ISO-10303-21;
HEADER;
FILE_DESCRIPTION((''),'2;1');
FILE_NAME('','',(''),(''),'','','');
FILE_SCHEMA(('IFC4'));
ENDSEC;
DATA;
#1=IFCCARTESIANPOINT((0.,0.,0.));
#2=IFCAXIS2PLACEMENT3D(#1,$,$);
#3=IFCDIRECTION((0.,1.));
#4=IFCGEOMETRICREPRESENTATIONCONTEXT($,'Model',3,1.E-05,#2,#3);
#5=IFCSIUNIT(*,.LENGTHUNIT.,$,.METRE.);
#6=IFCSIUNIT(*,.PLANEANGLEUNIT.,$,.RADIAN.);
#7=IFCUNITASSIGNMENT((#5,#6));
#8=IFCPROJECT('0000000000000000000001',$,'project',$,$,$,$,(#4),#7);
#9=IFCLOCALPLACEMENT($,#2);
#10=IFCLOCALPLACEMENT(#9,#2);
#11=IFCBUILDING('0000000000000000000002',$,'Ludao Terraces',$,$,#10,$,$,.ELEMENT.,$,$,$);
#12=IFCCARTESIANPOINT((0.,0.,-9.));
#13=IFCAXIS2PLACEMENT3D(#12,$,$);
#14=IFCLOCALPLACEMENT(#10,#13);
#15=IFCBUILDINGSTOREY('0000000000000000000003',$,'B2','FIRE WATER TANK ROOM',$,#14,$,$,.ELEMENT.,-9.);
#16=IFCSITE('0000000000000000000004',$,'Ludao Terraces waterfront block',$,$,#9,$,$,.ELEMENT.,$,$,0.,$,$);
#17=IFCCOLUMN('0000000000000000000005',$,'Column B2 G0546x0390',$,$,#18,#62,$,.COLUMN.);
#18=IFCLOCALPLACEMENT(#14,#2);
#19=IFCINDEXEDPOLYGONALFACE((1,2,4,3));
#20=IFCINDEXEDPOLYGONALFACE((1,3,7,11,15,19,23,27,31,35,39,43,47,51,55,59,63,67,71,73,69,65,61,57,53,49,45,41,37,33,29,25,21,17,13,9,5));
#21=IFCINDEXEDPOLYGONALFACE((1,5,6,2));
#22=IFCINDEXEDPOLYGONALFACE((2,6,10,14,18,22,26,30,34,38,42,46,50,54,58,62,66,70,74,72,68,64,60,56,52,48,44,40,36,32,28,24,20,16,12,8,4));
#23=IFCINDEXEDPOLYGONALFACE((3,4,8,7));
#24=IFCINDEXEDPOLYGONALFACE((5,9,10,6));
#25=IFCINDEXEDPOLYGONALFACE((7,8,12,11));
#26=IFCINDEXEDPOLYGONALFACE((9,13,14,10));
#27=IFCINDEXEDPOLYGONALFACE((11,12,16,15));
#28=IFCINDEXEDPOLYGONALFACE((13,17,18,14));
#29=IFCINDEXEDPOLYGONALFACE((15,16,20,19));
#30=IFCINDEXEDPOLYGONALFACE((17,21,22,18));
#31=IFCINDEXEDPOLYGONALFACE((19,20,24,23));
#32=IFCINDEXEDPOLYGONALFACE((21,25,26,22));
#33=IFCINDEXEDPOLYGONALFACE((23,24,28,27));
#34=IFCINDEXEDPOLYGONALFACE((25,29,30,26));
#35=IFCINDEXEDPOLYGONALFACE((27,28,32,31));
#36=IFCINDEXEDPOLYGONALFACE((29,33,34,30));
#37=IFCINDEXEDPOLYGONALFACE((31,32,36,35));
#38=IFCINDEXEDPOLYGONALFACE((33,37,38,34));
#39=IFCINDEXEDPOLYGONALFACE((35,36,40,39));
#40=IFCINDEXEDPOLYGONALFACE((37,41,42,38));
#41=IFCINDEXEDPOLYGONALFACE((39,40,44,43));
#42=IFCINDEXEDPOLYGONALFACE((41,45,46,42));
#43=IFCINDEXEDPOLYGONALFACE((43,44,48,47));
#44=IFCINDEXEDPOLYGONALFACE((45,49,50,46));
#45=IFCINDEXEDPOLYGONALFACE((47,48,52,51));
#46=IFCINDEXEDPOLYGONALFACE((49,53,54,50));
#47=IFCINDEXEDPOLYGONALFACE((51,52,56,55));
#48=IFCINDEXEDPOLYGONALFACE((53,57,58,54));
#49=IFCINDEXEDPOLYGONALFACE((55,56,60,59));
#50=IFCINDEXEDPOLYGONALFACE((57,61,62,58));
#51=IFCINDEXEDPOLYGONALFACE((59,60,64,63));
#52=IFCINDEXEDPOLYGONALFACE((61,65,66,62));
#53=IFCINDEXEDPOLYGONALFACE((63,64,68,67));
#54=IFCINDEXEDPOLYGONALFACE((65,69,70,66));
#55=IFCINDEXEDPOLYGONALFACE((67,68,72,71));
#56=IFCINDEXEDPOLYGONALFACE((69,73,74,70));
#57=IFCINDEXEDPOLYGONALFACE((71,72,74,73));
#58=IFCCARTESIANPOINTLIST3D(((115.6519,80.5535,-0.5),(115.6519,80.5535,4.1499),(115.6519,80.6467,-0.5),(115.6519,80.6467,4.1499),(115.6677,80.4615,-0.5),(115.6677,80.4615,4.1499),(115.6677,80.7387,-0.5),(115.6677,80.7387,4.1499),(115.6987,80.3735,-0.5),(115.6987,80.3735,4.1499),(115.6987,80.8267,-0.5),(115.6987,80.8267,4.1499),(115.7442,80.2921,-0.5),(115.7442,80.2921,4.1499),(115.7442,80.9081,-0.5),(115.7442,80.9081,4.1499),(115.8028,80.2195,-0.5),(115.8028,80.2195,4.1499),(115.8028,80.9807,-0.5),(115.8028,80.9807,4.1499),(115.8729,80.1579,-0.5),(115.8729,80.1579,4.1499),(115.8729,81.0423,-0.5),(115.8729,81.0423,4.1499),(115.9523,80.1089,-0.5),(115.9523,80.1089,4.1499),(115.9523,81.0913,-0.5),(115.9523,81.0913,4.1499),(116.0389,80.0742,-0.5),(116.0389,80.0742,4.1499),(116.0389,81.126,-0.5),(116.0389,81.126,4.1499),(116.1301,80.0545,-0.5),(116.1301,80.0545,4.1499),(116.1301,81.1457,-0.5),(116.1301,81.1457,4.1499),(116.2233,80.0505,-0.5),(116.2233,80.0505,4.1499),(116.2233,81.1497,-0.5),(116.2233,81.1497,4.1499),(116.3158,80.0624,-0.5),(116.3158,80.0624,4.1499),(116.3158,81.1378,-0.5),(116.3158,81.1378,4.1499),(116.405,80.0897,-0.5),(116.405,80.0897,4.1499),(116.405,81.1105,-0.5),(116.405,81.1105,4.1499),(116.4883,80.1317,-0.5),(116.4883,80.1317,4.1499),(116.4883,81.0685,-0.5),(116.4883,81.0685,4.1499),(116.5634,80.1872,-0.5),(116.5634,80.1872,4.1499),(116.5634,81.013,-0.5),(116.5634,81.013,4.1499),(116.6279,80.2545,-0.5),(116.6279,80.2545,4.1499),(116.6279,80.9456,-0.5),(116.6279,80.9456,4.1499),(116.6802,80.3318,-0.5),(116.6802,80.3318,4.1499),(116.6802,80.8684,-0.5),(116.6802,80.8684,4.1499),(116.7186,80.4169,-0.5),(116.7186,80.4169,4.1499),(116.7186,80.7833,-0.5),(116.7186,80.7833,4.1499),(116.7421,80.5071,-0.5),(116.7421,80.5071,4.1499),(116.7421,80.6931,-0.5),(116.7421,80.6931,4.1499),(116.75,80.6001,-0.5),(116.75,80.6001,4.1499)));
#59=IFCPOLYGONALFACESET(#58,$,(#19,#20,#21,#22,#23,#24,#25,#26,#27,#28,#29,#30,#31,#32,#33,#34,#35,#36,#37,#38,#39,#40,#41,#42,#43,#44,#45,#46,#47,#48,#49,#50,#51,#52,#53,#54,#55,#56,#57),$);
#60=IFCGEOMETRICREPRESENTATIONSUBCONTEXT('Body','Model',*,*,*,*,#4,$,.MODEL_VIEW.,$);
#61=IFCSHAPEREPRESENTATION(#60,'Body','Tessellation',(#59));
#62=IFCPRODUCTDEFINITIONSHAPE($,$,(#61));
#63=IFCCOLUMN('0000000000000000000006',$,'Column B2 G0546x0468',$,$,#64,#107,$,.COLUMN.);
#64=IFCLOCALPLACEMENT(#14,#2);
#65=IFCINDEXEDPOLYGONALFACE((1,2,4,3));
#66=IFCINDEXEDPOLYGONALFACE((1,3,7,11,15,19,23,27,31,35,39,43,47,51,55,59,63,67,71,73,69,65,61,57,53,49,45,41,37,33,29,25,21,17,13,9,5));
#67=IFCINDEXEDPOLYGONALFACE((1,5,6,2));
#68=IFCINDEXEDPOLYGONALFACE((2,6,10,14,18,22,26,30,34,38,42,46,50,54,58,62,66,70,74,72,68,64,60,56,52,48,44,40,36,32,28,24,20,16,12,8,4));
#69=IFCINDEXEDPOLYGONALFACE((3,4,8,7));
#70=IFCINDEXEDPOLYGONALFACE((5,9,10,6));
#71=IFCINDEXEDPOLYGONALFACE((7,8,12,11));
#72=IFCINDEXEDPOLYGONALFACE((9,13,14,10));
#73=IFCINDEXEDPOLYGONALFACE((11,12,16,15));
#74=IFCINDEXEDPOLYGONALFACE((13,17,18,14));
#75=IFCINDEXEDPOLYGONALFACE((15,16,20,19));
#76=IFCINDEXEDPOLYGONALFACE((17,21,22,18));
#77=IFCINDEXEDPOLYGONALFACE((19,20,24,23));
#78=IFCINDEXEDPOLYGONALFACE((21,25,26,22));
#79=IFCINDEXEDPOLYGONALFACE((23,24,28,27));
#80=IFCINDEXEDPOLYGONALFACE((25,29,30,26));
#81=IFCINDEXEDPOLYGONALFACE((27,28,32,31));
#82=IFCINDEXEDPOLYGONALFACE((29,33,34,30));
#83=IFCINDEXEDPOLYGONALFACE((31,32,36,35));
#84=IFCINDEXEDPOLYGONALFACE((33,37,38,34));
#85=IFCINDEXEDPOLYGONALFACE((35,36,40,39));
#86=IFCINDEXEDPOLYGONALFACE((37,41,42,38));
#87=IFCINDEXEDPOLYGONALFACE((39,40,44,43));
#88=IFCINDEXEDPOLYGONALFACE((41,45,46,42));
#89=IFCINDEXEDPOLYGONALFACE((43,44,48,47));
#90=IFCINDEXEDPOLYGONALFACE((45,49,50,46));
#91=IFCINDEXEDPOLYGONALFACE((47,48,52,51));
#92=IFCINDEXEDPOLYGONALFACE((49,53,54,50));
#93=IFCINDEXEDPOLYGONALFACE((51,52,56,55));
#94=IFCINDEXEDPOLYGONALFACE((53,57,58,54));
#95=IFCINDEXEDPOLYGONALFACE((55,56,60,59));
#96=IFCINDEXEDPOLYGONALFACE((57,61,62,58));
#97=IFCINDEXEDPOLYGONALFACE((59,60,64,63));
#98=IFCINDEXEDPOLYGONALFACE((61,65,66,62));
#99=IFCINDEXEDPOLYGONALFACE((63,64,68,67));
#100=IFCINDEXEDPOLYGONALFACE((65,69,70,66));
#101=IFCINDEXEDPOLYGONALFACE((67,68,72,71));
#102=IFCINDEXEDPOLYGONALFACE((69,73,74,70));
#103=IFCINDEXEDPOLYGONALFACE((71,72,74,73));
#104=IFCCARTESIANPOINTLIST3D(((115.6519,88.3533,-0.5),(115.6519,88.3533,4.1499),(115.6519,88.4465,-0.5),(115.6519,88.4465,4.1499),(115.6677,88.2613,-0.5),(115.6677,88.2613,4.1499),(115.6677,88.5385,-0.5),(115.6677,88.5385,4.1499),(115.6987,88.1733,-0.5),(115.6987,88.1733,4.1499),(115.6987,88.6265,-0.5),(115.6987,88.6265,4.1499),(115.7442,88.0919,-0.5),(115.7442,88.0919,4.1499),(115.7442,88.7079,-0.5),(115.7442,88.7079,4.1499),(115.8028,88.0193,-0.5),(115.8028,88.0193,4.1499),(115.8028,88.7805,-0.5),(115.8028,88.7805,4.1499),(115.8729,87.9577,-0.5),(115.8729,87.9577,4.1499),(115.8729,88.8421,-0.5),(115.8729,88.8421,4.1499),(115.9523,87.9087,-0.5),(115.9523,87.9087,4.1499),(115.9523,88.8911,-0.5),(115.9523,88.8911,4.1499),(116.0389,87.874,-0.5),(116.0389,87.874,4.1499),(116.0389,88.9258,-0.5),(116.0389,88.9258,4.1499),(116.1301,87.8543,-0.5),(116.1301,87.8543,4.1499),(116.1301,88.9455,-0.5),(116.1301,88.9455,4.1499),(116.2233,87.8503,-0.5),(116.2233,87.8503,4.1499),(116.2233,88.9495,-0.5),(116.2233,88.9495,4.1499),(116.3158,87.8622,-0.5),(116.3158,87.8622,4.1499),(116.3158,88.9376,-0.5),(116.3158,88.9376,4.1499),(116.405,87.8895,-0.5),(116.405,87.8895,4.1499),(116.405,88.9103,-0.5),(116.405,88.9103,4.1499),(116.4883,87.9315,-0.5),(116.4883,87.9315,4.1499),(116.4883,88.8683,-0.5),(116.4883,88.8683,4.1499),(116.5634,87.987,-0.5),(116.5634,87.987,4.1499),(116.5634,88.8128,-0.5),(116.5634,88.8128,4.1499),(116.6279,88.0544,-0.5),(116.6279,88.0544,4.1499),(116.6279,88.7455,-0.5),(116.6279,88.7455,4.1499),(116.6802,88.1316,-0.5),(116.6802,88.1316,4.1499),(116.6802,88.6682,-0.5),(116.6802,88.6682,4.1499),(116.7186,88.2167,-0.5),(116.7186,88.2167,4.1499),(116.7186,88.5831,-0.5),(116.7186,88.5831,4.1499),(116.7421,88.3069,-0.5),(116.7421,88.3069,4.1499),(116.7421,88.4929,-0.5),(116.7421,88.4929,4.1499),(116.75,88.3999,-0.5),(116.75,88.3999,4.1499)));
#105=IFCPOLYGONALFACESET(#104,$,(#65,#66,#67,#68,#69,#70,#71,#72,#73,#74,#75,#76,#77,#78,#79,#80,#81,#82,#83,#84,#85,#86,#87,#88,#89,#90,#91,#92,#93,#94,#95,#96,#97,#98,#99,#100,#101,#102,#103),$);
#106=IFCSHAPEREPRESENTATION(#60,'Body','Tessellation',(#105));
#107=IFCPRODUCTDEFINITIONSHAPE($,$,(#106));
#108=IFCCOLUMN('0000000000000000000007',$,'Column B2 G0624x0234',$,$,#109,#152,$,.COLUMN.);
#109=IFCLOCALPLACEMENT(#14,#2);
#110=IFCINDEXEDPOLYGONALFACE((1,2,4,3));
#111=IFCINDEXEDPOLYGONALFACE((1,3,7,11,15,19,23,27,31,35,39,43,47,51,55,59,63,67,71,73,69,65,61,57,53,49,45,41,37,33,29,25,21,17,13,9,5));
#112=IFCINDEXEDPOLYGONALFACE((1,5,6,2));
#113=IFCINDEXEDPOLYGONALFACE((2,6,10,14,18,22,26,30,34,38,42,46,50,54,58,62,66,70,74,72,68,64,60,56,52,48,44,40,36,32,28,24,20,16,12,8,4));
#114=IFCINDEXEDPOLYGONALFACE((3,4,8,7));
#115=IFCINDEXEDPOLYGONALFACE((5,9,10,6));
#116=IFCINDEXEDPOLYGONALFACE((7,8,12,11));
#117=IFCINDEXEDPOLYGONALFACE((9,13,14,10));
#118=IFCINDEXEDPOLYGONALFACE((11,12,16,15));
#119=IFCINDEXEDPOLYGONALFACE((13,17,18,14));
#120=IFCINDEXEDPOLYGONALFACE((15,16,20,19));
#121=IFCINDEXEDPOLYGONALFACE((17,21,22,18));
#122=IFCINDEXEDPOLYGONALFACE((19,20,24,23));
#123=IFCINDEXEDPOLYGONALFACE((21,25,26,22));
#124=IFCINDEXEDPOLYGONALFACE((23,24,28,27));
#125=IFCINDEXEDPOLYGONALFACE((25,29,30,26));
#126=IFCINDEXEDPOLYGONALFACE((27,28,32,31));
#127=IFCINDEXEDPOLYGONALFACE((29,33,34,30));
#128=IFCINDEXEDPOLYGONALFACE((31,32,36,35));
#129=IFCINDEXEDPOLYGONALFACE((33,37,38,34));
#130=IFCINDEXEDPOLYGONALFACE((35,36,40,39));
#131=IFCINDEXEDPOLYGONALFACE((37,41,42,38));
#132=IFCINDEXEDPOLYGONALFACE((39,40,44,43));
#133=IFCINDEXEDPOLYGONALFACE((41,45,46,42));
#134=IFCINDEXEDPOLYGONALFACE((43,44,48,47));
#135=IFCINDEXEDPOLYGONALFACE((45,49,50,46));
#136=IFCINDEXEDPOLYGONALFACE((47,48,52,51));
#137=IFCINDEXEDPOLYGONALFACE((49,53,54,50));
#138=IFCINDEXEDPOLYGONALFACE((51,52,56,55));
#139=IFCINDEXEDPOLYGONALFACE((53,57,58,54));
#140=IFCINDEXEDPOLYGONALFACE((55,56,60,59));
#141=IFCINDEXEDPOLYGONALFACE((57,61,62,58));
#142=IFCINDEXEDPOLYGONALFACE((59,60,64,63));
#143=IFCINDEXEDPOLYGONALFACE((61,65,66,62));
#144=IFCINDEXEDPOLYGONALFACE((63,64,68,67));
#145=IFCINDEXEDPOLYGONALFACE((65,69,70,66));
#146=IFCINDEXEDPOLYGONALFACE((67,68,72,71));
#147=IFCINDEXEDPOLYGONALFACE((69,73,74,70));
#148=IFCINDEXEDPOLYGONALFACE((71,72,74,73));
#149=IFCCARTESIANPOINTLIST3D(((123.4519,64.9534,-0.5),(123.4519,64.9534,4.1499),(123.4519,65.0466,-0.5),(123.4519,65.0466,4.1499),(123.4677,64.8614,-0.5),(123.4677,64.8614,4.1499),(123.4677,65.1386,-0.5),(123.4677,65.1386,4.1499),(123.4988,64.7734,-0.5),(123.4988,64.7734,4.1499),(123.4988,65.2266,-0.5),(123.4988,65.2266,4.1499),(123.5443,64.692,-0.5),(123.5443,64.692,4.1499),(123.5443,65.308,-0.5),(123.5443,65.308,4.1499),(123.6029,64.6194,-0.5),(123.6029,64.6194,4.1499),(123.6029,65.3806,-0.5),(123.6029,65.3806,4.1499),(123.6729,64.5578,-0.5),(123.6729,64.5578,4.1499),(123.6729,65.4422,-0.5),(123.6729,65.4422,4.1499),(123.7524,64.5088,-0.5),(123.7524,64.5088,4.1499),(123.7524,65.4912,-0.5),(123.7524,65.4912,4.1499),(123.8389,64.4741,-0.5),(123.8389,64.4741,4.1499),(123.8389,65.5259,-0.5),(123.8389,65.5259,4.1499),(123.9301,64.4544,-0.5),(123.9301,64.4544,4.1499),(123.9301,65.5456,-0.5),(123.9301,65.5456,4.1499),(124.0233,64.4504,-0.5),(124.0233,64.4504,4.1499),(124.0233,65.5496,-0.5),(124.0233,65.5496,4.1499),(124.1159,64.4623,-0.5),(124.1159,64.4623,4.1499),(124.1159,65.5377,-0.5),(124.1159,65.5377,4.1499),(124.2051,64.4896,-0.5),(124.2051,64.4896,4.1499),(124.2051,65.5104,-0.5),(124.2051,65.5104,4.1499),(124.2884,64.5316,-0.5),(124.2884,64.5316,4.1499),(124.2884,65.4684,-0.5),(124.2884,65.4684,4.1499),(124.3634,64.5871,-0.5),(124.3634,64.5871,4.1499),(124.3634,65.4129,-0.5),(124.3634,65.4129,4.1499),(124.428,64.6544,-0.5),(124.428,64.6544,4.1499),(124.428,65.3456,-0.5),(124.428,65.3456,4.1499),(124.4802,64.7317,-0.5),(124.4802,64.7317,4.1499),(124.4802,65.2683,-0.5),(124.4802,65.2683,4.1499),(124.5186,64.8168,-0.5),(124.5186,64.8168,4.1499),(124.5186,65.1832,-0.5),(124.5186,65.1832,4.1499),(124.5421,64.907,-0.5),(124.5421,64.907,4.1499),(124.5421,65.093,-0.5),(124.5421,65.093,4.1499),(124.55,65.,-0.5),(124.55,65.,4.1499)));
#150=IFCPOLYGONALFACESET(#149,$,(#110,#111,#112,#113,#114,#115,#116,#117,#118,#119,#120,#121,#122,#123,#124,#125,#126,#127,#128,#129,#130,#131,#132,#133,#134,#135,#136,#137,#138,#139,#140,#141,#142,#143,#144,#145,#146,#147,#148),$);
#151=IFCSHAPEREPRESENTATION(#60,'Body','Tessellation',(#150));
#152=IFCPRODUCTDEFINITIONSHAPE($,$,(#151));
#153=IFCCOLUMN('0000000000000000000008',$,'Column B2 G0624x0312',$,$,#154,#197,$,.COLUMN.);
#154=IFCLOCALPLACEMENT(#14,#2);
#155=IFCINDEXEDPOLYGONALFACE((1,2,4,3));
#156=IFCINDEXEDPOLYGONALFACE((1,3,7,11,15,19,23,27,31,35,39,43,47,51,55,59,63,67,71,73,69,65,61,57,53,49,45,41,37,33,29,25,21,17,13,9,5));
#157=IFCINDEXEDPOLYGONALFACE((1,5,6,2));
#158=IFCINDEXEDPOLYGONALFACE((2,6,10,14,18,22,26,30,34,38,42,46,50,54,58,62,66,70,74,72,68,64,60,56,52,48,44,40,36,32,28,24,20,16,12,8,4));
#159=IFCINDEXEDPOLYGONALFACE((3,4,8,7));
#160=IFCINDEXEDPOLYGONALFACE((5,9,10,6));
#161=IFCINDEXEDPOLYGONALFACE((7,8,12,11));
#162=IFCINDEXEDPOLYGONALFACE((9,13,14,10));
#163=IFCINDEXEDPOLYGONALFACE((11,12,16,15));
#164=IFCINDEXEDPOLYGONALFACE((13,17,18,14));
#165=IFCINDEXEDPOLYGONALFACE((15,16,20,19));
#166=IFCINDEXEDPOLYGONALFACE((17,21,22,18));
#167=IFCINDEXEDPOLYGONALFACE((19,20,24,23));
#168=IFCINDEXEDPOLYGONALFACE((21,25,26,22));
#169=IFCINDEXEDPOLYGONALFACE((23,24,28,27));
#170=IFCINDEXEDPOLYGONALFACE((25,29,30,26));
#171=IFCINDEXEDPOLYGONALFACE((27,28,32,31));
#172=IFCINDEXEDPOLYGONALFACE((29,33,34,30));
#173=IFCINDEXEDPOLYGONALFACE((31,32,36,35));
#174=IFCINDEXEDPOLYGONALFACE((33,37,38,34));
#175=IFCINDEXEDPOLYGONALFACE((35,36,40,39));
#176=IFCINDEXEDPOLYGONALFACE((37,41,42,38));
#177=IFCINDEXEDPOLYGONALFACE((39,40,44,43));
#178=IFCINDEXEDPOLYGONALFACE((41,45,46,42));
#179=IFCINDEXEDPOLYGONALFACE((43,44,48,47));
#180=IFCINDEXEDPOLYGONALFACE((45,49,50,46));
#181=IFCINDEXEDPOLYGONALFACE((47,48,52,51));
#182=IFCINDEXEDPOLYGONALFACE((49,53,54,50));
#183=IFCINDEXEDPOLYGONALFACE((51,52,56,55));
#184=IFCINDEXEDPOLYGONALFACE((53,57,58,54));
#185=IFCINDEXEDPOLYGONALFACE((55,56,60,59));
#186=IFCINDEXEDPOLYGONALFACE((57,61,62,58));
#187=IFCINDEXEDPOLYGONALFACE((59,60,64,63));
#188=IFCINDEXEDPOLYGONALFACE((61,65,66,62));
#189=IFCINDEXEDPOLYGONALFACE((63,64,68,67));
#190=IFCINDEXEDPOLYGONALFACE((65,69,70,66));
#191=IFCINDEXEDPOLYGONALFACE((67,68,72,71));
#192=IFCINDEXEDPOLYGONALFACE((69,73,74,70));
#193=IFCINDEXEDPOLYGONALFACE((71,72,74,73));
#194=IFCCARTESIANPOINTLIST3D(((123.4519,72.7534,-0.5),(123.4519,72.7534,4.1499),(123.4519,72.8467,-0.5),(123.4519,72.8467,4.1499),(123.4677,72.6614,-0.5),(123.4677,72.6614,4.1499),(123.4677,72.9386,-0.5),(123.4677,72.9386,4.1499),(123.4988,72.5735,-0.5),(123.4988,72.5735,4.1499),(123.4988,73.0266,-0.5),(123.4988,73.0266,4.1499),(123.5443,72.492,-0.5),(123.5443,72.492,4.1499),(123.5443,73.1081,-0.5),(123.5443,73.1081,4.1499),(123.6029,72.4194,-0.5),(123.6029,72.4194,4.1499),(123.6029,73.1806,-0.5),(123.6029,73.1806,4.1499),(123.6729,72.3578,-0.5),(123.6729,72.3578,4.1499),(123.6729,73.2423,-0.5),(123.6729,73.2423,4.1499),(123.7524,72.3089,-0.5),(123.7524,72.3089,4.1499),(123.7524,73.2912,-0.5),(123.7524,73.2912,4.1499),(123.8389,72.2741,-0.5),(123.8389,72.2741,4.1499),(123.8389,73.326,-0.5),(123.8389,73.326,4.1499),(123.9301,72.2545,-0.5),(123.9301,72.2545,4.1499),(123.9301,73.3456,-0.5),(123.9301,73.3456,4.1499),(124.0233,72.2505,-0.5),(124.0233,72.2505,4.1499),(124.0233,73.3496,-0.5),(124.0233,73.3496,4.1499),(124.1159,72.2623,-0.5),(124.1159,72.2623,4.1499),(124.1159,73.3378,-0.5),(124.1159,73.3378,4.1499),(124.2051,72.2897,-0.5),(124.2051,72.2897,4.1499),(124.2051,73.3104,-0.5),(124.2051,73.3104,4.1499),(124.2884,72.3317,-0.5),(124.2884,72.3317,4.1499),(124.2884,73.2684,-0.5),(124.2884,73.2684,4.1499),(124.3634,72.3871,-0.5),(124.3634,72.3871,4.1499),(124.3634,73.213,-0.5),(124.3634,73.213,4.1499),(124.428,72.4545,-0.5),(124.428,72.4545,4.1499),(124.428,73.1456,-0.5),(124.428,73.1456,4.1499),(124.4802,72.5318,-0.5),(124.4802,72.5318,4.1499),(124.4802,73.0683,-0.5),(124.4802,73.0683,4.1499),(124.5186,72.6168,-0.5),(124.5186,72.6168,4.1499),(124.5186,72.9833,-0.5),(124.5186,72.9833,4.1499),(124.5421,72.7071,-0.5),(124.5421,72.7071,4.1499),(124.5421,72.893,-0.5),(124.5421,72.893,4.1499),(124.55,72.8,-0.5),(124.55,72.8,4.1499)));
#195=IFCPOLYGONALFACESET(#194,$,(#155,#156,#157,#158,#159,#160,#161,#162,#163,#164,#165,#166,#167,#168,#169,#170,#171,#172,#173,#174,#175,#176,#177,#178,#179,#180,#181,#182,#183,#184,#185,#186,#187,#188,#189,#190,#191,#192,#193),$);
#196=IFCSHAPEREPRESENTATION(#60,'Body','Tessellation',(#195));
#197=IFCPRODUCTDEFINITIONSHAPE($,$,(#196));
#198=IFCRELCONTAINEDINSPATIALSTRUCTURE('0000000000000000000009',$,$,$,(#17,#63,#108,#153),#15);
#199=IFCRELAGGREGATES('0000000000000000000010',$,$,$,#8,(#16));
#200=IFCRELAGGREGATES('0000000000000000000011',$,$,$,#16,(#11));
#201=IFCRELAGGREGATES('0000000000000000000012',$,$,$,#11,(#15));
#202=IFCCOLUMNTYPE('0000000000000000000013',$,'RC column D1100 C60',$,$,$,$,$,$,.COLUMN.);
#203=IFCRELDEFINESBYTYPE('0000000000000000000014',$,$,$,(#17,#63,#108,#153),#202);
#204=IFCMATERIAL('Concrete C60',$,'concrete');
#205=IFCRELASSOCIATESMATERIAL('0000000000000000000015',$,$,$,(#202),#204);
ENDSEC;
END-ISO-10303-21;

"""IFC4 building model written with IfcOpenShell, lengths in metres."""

from ifc_helpers import new_model, si_unit, direction, frame, origin, origin_2d, place, context, subcontext, project, spatial, circle, extrude, material, material_profile, profile_set, type_object, element, save


model = new_model("IFC4")

# Units and contexts
model_context = context("Model", 3, precision=1e-05, world=origin(), true_north=direction((0.0, 1.0)))
body_context = subcontext(model_context, "Body", "Model", "MODEL_VIEW")
ifc_project = project(units=[si_unit("LENGTHUNIT", "METRE"), si_unit("PLANEANGLEUNIT", "RADIAN")], contexts=[model_context])

# Site, building, storey
site_placement = place(None, origin())
site = spatial("IfcSite", under=ifc_project, at=site_placement, Name="Ludao Terraces waterfront block", CompositionType="ELEMENT", RefElevation=0.0)
building_placement = place(site_placement, origin())
building = spatial("IfcBuilding", under=site, at=building_placement, Name="Ludao Terraces", CompositionType="ELEMENT")
storey_placement = place(building_placement, frame((0.0, 0.0, -9.0)))
storey = spatial("IfcBuildingStorey", under=building, at=storey_placement, Name="B2", Description="FIRE WATER TANK ROOM", CompositionType="ELEMENT", Elevation=-9.0)

# Columns
ifc_material_1 = material(Name="Concrete C60", Category="concrete")
ifc_material_profile_1 = material_profile(ifc_material_1, circle(Radius=0.55, at=origin_2d()), Name="D1100")
ifc_profile_set_1 = profile_set([ifc_material_profile_1], Name="Concrete C60")
column_type_1 = type_object("IfcColumnType", Name="RC column D1100 C60", PredefinedType="COLUMN", material=ifc_profile_set_1)
for number, where, z_axis, x_axis, name in (
    (1, (116.2, 80.6001, -0.5), (0.0, 0.0, 1.0), (1.0, 0.0, 0.0), "Column B2 G0546x0390"),
    (2, (116.2, 88.3999, -0.5), (0.0, 0.0, 1.0), (1.0, 0.0, 0.0), "Column B2 G0546x0468"),
    (3, (124.0, 65.0, -0.5), (0.0, 0.0, 1.0), (1.0, 0.0, 0.0), "Column B2 G0624x0234"),
    (4, (124.0, 72.8, -0.5), (0.0, 0.0, 1.0), (1.0, 0.0, 0.0), "Column B2 G0624x0312"),
):
    element("IfcColumn", number, at=place(storey_placement, frame(where, z_axis=z_axis, x_axis=x_axis)), inside=storey, type_object=column_type_1, Name=name, PredefinedType="COLUMN", context=body_context, shape_type="SweptSolid", body=[
        extrude(circle(Radius=0.55, at=origin_2d()), origin(), (0.0, 0.0, 1.0), 4.6499),
    ])

save(model, "model.ifc")
